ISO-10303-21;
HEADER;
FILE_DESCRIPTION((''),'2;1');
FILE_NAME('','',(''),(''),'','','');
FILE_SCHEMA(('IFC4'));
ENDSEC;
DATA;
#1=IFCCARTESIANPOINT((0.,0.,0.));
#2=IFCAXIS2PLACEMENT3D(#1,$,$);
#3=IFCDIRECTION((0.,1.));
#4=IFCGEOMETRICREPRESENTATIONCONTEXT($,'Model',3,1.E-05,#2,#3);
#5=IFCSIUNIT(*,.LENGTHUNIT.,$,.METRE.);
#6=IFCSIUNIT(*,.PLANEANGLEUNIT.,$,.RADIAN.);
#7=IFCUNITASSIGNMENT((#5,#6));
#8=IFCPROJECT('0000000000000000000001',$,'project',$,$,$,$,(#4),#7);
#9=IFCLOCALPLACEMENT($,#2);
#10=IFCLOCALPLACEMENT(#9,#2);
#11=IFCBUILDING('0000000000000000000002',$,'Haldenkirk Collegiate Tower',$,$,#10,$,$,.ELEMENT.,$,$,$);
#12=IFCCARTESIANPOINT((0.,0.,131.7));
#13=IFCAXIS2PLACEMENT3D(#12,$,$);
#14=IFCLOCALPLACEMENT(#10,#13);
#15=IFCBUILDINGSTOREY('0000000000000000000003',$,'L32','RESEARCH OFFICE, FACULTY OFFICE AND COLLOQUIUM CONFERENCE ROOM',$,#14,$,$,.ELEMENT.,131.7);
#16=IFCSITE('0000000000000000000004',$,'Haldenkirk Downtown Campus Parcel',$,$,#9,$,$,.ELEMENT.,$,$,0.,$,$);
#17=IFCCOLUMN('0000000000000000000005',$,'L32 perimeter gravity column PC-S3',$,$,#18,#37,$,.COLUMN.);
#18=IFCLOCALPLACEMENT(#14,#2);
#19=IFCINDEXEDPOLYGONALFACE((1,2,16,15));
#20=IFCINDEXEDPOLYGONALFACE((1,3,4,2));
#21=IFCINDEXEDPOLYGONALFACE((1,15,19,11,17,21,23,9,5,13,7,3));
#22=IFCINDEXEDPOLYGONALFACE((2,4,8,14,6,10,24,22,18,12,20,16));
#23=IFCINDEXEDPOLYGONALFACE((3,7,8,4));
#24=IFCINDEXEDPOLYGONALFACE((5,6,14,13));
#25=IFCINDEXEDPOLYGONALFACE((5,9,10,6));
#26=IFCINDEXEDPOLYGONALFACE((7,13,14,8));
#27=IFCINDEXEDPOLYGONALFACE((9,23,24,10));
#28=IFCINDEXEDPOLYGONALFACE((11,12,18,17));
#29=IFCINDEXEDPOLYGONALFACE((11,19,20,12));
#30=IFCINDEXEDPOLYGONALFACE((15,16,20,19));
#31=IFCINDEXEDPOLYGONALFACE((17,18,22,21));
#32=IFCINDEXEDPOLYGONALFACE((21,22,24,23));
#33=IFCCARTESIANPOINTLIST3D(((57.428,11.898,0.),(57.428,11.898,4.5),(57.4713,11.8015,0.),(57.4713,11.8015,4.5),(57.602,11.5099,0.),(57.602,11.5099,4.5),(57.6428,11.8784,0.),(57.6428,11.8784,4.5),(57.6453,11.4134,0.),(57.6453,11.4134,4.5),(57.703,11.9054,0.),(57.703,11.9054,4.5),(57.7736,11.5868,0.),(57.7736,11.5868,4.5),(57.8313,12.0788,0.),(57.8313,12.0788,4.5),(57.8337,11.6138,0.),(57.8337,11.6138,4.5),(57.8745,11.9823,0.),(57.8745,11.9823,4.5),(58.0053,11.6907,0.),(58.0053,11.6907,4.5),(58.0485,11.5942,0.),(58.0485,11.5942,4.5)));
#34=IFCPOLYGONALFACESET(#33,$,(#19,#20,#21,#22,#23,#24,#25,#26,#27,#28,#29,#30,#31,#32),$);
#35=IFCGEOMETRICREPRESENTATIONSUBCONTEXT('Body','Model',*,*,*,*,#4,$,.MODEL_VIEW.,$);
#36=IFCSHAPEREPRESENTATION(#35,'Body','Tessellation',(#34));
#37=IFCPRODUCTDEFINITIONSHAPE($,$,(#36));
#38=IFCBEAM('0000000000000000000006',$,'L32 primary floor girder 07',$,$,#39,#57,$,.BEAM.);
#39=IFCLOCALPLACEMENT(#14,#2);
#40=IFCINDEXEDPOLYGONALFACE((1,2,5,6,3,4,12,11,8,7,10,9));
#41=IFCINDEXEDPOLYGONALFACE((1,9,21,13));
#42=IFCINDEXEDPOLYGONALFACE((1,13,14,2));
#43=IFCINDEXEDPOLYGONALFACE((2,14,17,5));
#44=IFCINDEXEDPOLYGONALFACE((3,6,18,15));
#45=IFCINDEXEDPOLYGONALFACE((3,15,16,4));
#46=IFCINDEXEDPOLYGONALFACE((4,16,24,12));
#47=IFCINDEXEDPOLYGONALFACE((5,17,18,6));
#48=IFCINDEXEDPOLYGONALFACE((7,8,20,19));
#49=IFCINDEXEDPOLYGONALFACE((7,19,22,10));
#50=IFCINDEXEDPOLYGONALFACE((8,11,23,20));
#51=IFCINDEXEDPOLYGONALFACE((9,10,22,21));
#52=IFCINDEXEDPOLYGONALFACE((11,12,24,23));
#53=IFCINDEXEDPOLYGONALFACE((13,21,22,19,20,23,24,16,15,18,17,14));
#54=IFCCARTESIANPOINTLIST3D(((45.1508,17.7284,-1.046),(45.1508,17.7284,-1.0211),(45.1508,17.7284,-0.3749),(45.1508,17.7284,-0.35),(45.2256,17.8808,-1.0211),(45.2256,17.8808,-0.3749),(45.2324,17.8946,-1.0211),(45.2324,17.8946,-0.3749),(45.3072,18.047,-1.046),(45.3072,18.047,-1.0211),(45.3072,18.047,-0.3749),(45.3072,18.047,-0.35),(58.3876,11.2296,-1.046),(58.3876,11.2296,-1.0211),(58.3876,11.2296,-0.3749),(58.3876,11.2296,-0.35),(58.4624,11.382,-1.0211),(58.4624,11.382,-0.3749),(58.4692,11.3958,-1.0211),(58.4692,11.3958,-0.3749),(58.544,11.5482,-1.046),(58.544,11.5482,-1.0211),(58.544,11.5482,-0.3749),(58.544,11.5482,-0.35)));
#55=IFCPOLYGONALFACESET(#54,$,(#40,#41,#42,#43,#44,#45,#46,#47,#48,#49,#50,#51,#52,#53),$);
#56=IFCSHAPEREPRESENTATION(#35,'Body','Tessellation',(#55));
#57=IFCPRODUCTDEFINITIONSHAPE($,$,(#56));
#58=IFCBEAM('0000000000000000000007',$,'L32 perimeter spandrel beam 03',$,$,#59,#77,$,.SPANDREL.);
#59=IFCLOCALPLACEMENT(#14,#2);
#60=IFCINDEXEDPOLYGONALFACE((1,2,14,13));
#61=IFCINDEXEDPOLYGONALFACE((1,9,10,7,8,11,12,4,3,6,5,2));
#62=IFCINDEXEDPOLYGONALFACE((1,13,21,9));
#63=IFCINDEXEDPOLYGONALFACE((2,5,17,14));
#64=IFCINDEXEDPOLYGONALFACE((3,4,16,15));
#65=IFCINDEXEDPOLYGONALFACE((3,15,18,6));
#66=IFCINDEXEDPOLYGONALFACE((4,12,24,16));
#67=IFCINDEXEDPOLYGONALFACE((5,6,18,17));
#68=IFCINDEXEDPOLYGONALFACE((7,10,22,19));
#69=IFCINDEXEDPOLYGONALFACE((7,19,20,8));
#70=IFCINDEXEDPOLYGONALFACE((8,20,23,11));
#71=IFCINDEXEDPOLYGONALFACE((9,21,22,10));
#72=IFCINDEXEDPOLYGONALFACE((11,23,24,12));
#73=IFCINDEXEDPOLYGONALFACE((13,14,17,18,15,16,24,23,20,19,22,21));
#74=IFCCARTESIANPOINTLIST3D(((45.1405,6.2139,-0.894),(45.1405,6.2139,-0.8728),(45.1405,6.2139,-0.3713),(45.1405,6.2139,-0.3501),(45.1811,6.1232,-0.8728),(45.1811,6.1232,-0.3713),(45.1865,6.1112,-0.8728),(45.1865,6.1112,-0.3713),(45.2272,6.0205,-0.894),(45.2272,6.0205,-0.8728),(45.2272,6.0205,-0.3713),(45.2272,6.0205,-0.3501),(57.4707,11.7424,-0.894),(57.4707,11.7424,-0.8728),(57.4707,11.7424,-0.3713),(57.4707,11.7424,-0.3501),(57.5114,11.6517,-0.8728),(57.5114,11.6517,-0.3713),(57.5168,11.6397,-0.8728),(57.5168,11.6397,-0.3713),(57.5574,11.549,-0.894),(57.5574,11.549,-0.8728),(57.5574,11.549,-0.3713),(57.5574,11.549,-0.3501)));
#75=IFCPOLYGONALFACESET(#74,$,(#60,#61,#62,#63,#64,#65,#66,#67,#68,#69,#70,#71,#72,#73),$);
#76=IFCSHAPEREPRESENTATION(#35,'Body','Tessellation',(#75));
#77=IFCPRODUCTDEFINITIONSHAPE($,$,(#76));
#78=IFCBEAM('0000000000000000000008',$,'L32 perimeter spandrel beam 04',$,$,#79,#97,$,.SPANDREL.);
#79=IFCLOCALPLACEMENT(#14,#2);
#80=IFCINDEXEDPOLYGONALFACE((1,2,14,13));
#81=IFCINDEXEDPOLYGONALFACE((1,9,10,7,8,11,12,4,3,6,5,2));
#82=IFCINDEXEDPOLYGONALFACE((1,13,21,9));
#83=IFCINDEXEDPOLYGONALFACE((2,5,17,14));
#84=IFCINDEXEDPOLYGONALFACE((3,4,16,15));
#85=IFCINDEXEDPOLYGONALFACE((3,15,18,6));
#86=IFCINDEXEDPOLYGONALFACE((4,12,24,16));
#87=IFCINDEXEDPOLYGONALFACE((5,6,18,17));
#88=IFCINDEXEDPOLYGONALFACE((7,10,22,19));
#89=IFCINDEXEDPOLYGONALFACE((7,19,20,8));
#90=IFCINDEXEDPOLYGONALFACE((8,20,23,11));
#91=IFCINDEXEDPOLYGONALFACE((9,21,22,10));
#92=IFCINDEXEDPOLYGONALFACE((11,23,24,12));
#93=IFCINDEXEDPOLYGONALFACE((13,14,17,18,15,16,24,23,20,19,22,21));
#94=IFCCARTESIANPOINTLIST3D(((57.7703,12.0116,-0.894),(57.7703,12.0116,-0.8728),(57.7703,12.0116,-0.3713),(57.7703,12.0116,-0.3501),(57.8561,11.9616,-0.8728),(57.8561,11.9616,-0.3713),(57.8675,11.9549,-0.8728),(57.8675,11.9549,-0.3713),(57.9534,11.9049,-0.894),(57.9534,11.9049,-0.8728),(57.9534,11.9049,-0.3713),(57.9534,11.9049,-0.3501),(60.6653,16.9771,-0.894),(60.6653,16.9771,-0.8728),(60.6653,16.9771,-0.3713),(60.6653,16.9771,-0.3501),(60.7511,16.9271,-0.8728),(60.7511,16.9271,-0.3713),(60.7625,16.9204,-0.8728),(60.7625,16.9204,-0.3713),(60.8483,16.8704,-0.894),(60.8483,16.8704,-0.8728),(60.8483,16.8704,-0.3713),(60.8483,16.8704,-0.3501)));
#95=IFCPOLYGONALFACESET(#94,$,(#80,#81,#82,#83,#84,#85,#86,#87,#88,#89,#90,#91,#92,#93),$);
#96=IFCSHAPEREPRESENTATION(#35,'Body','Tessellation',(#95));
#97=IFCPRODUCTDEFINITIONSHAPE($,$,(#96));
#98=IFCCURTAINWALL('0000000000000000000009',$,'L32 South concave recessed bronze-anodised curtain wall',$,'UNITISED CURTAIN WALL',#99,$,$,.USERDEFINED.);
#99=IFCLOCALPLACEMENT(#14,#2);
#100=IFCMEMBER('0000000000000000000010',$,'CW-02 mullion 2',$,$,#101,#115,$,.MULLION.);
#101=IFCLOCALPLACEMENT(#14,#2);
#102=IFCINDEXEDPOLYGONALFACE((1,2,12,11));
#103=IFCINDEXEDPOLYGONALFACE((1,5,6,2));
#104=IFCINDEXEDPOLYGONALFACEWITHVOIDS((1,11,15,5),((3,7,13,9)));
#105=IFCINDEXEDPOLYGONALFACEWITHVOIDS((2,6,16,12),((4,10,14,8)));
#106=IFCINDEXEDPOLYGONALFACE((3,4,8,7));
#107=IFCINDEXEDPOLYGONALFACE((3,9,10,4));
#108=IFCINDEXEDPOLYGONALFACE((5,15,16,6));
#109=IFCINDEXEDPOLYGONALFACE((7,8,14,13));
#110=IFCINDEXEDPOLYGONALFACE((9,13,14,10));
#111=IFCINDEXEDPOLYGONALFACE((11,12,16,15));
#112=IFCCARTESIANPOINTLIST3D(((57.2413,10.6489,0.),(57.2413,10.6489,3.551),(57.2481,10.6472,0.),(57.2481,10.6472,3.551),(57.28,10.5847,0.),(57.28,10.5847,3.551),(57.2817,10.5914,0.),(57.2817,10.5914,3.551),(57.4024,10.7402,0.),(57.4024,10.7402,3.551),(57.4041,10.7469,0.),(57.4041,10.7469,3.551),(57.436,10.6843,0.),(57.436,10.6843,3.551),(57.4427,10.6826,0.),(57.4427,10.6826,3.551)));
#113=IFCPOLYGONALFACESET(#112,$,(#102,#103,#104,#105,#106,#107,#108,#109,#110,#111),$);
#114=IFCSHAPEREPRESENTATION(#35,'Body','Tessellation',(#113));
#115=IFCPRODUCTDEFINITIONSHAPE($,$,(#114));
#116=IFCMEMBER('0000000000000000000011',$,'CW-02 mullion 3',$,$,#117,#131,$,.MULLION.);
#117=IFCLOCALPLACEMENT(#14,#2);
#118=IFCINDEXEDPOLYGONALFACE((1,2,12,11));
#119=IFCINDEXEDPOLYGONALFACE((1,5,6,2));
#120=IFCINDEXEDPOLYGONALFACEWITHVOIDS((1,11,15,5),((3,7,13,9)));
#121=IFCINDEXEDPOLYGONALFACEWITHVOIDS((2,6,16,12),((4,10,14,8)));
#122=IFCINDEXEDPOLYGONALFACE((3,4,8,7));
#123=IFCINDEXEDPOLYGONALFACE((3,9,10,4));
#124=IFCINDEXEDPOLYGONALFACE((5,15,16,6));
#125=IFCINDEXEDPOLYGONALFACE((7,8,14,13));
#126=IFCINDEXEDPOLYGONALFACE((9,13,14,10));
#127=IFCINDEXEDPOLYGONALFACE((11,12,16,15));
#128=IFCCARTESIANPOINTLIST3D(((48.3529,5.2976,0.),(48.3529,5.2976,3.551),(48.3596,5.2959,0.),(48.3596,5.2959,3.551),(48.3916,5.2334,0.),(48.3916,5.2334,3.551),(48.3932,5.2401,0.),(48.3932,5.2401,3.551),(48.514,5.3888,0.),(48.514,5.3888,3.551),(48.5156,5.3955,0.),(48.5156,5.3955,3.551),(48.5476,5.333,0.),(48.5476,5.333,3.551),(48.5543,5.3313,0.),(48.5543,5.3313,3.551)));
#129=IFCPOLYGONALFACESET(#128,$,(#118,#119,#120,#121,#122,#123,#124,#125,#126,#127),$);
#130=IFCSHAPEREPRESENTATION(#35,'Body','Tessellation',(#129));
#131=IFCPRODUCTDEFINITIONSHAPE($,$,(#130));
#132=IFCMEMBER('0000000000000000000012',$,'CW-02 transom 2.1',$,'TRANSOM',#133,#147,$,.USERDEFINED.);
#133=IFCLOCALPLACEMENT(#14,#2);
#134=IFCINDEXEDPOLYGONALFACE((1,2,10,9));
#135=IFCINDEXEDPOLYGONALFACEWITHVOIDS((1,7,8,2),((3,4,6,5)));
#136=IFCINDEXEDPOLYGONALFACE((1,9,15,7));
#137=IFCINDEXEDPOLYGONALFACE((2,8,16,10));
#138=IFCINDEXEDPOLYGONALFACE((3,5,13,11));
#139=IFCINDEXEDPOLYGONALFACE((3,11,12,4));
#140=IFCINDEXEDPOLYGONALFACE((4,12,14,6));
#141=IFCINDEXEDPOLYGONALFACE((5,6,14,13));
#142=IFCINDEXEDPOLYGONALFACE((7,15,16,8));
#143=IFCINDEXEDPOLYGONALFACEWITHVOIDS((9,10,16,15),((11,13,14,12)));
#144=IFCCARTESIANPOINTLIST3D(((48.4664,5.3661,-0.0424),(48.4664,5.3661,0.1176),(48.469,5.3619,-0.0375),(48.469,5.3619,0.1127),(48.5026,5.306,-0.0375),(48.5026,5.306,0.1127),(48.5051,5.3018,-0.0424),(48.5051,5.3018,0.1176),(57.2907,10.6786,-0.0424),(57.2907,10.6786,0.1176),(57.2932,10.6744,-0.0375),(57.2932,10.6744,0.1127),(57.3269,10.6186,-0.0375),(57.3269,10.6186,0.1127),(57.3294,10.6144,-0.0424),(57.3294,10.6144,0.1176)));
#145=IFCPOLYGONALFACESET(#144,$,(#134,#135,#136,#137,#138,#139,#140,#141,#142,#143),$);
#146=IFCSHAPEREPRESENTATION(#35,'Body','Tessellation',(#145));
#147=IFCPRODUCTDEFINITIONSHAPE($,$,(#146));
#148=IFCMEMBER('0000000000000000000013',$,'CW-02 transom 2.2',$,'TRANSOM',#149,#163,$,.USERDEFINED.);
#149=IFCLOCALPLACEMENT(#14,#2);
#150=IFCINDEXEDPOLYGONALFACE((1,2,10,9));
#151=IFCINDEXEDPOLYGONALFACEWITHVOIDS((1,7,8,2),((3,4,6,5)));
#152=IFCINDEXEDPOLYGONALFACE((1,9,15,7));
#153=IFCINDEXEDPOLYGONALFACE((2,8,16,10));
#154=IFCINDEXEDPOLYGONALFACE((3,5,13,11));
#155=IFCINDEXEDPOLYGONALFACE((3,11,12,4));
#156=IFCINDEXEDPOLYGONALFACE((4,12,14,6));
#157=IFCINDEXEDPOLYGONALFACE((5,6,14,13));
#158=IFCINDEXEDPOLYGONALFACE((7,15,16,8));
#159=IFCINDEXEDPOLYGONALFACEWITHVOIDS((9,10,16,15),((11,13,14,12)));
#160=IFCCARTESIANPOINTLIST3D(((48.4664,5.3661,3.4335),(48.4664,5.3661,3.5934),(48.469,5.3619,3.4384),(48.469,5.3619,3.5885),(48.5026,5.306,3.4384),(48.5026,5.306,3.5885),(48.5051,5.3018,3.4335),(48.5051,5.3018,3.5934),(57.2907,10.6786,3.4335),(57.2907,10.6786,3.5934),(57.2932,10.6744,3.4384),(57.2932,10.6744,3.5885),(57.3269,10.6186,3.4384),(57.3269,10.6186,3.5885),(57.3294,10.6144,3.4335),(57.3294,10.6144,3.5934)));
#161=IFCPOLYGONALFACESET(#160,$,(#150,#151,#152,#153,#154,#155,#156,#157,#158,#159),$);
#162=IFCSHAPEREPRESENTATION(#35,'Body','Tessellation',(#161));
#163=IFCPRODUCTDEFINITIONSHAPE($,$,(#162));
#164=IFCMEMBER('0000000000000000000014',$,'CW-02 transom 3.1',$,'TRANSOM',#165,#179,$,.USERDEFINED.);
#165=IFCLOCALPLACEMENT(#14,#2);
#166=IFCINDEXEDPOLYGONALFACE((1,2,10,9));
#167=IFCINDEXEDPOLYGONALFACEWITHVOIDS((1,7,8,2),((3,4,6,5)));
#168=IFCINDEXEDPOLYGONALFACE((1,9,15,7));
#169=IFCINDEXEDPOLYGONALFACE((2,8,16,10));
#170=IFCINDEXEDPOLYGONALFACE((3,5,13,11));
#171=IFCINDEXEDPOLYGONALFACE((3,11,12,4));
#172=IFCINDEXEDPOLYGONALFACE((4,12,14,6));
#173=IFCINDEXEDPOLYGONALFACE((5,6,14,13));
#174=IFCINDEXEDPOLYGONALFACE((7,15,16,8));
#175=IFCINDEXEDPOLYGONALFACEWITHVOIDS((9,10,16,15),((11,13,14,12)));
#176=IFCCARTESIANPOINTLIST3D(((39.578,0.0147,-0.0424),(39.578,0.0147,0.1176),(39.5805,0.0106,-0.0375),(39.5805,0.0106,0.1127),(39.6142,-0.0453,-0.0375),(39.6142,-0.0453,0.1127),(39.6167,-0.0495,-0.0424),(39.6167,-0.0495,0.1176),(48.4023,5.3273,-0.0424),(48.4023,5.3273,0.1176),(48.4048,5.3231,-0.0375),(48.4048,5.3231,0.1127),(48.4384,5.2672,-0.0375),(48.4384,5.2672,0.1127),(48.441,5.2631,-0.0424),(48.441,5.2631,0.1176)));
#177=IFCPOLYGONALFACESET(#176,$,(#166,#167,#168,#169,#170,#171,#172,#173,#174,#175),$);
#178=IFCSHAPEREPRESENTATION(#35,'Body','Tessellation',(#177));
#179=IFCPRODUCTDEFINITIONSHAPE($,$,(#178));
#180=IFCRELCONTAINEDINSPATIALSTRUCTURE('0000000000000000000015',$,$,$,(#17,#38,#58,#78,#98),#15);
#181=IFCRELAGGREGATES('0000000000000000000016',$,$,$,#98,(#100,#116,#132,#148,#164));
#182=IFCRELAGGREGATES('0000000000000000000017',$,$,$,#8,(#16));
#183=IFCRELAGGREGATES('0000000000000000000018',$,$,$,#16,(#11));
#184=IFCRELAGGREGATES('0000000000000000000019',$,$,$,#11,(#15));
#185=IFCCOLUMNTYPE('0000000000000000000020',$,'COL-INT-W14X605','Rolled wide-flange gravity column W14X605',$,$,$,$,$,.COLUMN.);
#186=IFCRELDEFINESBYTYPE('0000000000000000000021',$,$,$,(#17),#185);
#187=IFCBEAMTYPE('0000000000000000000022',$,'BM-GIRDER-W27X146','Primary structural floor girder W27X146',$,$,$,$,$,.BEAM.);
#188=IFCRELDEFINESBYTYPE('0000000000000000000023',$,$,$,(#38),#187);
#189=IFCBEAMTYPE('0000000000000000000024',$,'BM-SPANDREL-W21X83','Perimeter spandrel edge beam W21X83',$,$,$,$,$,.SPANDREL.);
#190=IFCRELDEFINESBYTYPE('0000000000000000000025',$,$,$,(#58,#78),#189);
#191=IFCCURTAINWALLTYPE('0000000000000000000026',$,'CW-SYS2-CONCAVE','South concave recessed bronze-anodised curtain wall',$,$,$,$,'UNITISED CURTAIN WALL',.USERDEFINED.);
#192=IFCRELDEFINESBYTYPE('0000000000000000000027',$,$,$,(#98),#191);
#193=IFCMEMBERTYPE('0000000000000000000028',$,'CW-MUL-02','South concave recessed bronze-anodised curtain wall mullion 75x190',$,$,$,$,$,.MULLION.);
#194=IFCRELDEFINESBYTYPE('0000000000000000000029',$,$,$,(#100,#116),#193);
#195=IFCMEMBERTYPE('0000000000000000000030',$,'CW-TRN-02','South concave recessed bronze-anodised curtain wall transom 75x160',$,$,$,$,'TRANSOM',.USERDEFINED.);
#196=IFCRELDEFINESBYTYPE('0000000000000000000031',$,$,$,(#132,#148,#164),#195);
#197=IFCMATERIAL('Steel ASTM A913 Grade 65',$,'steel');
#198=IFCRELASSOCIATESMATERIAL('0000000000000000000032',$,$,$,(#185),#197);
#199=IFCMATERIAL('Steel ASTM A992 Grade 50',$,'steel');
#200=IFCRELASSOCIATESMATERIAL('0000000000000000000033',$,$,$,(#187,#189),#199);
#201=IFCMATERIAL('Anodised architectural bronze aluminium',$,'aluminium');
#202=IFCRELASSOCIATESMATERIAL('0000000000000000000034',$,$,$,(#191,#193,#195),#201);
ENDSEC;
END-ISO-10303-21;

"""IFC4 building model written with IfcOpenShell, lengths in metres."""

from ifc_helpers import new_model, si_unit, direction, frame, origin, origin_2d, place, context, subcontext, project, spatial, hollow_rectangle, i_section, extrude, material, material_profile, profile_set, type_object, element, aggregate, save


model = new_model("IFC4")

# Units and contexts
model_context = context("Model", 3, precision=1e-05, world=origin(), true_north=direction((0.0, 1.0)))
body_context = subcontext(model_context, "Body", "Model", "MODEL_VIEW")
ifc_project = project(units=[si_unit("LENGTHUNIT", "METRE"), si_unit("PLANEANGLEUNIT", "RADIAN")], contexts=[model_context])

# Site, building, storey
site_placement = place(None, origin())
site = spatial("IfcSite", under=ifc_project, at=site_placement, Name="Haldenkirk Downtown Campus Parcel", CompositionType="ELEMENT", RefElevation=0.0)
building_placement = place(site_placement, origin())
building = spatial("IfcBuilding", under=site, at=building_placement, Name="Haldenkirk Collegiate Tower", CompositionType="ELEMENT")
storey_placement = place(building_placement, frame((0.0, 0.0, 131.7)))
storey = spatial("IfcBuildingStorey", under=building, at=storey_placement, Name="L32", Description="RESEARCH OFFICE, FACULTY OFFICE AND COLLOQUIUM CONFERENCE ROOM", CompositionType="ELEMENT", Elevation=131.7)

# Column
ifc_material_1 = material(Name="Steel ASTM A913 Grade 65", Category="steel")
ifc_material_profile_1 = material_profile(ifc_material_1, i_section(OverallWidth=0.4419, OverallDepth=0.531, WebThickness=0.0659, FlangeThickness=0.1057, at=origin_2d()), Name="W14X605")
ifc_profile_set_1 = profile_set([ifc_material_profile_1], Name="Steel ASTM A913 Grade 65")
column_type = type_object("IfcColumnType", Name="COL-INT-W14X605", Description="Rolled wide-flange gravity column W14X605", PredefinedType="COLUMN", material=ifc_profile_set_1)
column_placement = place(storey_placement, frame((57.7383, 11.7461, 0.0), z_axis=(0.0, 0.0, 1.0), x_axis=(0.912477, 0.409127, 0.0)))
element("IfcColumn", 1, at=column_placement, inside=storey, type_object=column_type, Name="L32 perimeter gravity column PC-S3", PredefinedType="COLUMN", context=body_context, shape_type="SweptSolid", body=[
    extrude(i_section(OverallWidth=0.4419, OverallDepth=0.531, WebThickness=0.0659, FlangeThickness=0.1057, at=origin_2d()), origin(), (0.0, 0.0, 1.0), 4.5),
])

# Beams
ifc_material_2 = material(Name="Steel ASTM A992 Grade 50", Category="steel")
ifc_material_profile_2 = material_profile(ifc_material_2, i_section(OverallWidth=0.355, OverallDepth=0.696, WebThickness=0.0154, FlangeThickness=0.0249, at=origin_2d()), Name="W27X146")
ifc_profile_set_2 = profile_set([ifc_material_profile_2], Name="Steel ASTM A992 Grade 50")
beam_type_1 = type_object("IfcBeamType", Name="BM-GIRDER-W27X146", Description="Primary structural floor girder W27X146", PredefinedType="BEAM", material=ifc_profile_set_2)
beam_1_placement = place(storey_placement, frame((58.4658, 11.3889, -0.698), z_axis=(-0.897649, 0.440712, 0.0), x_axis=(-0.440712, -0.897649, 0.0)))
element("IfcBeam", 2, at=beam_1_placement, inside=storey, type_object=beam_type_1, Name="L32 primary floor girder 07", PredefinedType="BEAM", context=body_context, shape_type="SweptSolid", body=[
    extrude(i_section(OverallWidth=0.355, OverallDepth=0.696, WebThickness=0.0154, FlangeThickness=0.0249, at=origin_2d()), origin(), (0.0, 0.0, 1.0), 14.7461),
])
ifc_material_profile_3 = material_profile(ifc_material_2, i_section(OverallWidth=0.2119, OverallDepth=0.5439, WebThickness=0.0132, FlangeThickness=0.0212, at=origin_2d()), Name="W21X83")
ifc_profile_set_3 = profile_set([ifc_material_profile_3], Name="Steel ASTM A992 Grade 50")
beam_type_2 = type_object("IfcBeamType", Name="BM-SPANDREL-W21X83", Description="Perimeter spandrel edge beam W21X83", PredefinedType="SPANDREL", material=ifc_profile_set_3)
beam_2_placement = place(storey_placement, frame((45.1838, 6.1172, -0.6221), z_axis=(0.912477, 0.409129, 0.0), x_axis=(-0.409129, 0.912477, 0.0)))
element("IfcBeam", 3, at=beam_2_placement, inside=storey, type_object=beam_type_2, Name="L32 perimeter spandrel beam 03", PredefinedType="SPANDREL", context=body_context, shape_type="SweptSolid", body=[
    extrude(i_section(OverallWidth=0.2119, OverallDepth=0.5439, WebThickness=0.0132, FlangeThickness=0.0212, at=origin_2d()), origin(), (0.0, 0.0, 1.0), 13.5129),
])
beam_3_placement = place(storey_placement, frame((57.8618, 11.9583, -0.6221), z_axis=(0.503668, 0.863897, 0.0), x_axis=(-0.863897, 0.503668, 0.0)))
element("IfcBeam", 4, at=beam_3_placement, inside=storey, type_object=beam_type_2, Name="L32 perimeter spandrel beam 04", PredefinedType="SPANDREL", context=body_context, shape_type="SweptSolid", body=[
    extrude(i_section(OverallWidth=0.2119, OverallDepth=0.5439, WebThickness=0.0132, FlangeThickness=0.0212, at=origin_2d()), origin(), (0.0, 0.0, 1.0), 5.7478),
])

# Curtain wall, members
ifc_material_3 = material(Name="Anodised architectural bronze aluminium", Category="aluminium")
curtain_wall_type = type_object("IfcCurtainWallType", Name="CW-SYS2-CONCAVE", Description="South concave recessed bronze-anodised curtain wall", ElementType="UNITISED CURTAIN WALL", PredefinedType="USERDEFINED", material=ifc_material_3)
curtain_wall_placement = place(storey_placement, origin())
curtain_wall = element("IfcCurtainWall", 5, at=curtain_wall_placement, inside=storey, type_object=curtain_wall_type, Name="L32 South concave recessed bronze-anodised curtain wall", ObjectType="UNITISED CURTAIN WALL", PredefinedType="USERDEFINED")
ifc_material_profile_4 = material_profile(ifc_material_3, hollow_rectangle(XDim=0.075, YDim=0.1899, WallThickness=0.0049, at=origin_2d()), Name="CW-MUL-02")
ifc_profile_set_4 = profile_set([ifc_material_profile_4], Name="Anodised architectural bronze aluminium")
member_type_1 = type_object("IfcMemberType", Name="CW-MUL-02", Description="South concave recessed bronze-anodised curtain wall mullion 75x190", PredefinedType="MULLION", material=ifc_profile_set_4)
member_1_placement = place(storey_placement, frame((57.342, 10.6658, 0.0), z_axis=(0.0, 0.0, 1.0), x_axis=(0.515785, -0.856718, 0.0)))
member_1 = element("IfcMember", 6, at=member_1_placement, type_object=member_type_1, Name="CW-02 mullion 2", PredefinedType="MULLION", context=body_context, shape_type="SweptSolid", body=[
    extrude(hollow_rectangle(XDim=0.075, YDim=0.1899, WallThickness=0.0049, at=origin_2d()), origin(), (0.0, 0.0, 1.0), 3.551),
])
member_2_placement = place(storey_placement, frame((48.4536, 5.3145, 0.0), z_axis=(0.0, 0.0, 1.0), x_axis=(0.515785, -0.856718, 0.0)))
member_2 = element("IfcMember", 7, at=member_2_placement, type_object=member_type_1, Name="CW-02 mullion 3", PredefinedType="MULLION", context=body_context, shape_type="SweptSolid", body=[
    extrude(hollow_rectangle(XDim=0.075, YDim=0.1899, WallThickness=0.0049, at=origin_2d()), origin(), (0.0, 0.0, 1.0), 3.551),
])
ifc_material_profile_5 = material_profile(ifc_material_3, hollow_rectangle(XDim=0.075, YDim=0.1599, WallThickness=0.0049, at=origin_2d()), Name="CW-TRN-02")
ifc_profile_set_5 = profile_set([ifc_material_profile_5], Name="Anodised architectural bronze aluminium")
member_type_2 = type_object("IfcMemberType", Name="CW-TRN-02", Description="South concave recessed bronze-anodised curtain wall transom 75x160", ElementType="TRANSOM", PredefinedType="USERDEFINED", material=ifc_profile_set_5)
member_3_placement = place(storey_placement, frame((57.3101, 10.6465, 0.0376), z_axis=(-0.856722, -0.515778, 0.0), x_axis=(0.515778, -0.856722, 0.0)))
member_3 = element("IfcMember", 8, at=member_3_placement, type_object=member_type_2, Name="CW-02 transom 2.1", ObjectType="TRANSOM", PredefinedType="USERDEFINED", context=body_context, shape_type="SweptSolid", body=[
    extrude(hollow_rectangle(XDim=0.075, YDim=0.1599, WallThickness=0.0049, at=origin_2d()), origin(), (0.0, 0.0, 1.0), 10.3),
])
member_4_placement = place(storey_placement, frame((57.3101, 10.6465, 3.5134), z_axis=(-0.856722, -0.515778, 0.0), x_axis=(0.515778, -0.856722, 0.0)))
member_4 = element("IfcMember", 9, at=member_4_placement, type_object=member_type_2, Name="CW-02 transom 2.2", ObjectType="TRANSOM", PredefinedType="USERDEFINED", context=body_context, shape_type="SweptSolid", body=[
    extrude(hollow_rectangle(XDim=0.075, YDim=0.1599, WallThickness=0.0049, at=origin_2d()), origin(), (0.0, 0.0, 1.0), 10.3),
])
member_5_placement = place(storey_placement, frame((48.4216, 5.2952, 0.0376), z_axis=(-0.856722, -0.515778, 0.0), x_axis=(0.515778, -0.856722, 0.0)))
member_5 = element("IfcMember", 10, at=member_5_placement, type_object=member_type_2, Name="CW-02 transom 3.1", ObjectType="TRANSOM", PredefinedType="USERDEFINED", context=body_context, shape_type="SweptSolid", body=[
    extrude(hollow_rectangle(XDim=0.075, YDim=0.1599, WallThickness=0.0049, at=origin_2d()), origin(), (0.0, 0.0, 1.0), 10.3),
])
aggregate(curtain_wall, [member_1, member_2, member_3, member_4, member_5])

save(model, "model.ifc")
